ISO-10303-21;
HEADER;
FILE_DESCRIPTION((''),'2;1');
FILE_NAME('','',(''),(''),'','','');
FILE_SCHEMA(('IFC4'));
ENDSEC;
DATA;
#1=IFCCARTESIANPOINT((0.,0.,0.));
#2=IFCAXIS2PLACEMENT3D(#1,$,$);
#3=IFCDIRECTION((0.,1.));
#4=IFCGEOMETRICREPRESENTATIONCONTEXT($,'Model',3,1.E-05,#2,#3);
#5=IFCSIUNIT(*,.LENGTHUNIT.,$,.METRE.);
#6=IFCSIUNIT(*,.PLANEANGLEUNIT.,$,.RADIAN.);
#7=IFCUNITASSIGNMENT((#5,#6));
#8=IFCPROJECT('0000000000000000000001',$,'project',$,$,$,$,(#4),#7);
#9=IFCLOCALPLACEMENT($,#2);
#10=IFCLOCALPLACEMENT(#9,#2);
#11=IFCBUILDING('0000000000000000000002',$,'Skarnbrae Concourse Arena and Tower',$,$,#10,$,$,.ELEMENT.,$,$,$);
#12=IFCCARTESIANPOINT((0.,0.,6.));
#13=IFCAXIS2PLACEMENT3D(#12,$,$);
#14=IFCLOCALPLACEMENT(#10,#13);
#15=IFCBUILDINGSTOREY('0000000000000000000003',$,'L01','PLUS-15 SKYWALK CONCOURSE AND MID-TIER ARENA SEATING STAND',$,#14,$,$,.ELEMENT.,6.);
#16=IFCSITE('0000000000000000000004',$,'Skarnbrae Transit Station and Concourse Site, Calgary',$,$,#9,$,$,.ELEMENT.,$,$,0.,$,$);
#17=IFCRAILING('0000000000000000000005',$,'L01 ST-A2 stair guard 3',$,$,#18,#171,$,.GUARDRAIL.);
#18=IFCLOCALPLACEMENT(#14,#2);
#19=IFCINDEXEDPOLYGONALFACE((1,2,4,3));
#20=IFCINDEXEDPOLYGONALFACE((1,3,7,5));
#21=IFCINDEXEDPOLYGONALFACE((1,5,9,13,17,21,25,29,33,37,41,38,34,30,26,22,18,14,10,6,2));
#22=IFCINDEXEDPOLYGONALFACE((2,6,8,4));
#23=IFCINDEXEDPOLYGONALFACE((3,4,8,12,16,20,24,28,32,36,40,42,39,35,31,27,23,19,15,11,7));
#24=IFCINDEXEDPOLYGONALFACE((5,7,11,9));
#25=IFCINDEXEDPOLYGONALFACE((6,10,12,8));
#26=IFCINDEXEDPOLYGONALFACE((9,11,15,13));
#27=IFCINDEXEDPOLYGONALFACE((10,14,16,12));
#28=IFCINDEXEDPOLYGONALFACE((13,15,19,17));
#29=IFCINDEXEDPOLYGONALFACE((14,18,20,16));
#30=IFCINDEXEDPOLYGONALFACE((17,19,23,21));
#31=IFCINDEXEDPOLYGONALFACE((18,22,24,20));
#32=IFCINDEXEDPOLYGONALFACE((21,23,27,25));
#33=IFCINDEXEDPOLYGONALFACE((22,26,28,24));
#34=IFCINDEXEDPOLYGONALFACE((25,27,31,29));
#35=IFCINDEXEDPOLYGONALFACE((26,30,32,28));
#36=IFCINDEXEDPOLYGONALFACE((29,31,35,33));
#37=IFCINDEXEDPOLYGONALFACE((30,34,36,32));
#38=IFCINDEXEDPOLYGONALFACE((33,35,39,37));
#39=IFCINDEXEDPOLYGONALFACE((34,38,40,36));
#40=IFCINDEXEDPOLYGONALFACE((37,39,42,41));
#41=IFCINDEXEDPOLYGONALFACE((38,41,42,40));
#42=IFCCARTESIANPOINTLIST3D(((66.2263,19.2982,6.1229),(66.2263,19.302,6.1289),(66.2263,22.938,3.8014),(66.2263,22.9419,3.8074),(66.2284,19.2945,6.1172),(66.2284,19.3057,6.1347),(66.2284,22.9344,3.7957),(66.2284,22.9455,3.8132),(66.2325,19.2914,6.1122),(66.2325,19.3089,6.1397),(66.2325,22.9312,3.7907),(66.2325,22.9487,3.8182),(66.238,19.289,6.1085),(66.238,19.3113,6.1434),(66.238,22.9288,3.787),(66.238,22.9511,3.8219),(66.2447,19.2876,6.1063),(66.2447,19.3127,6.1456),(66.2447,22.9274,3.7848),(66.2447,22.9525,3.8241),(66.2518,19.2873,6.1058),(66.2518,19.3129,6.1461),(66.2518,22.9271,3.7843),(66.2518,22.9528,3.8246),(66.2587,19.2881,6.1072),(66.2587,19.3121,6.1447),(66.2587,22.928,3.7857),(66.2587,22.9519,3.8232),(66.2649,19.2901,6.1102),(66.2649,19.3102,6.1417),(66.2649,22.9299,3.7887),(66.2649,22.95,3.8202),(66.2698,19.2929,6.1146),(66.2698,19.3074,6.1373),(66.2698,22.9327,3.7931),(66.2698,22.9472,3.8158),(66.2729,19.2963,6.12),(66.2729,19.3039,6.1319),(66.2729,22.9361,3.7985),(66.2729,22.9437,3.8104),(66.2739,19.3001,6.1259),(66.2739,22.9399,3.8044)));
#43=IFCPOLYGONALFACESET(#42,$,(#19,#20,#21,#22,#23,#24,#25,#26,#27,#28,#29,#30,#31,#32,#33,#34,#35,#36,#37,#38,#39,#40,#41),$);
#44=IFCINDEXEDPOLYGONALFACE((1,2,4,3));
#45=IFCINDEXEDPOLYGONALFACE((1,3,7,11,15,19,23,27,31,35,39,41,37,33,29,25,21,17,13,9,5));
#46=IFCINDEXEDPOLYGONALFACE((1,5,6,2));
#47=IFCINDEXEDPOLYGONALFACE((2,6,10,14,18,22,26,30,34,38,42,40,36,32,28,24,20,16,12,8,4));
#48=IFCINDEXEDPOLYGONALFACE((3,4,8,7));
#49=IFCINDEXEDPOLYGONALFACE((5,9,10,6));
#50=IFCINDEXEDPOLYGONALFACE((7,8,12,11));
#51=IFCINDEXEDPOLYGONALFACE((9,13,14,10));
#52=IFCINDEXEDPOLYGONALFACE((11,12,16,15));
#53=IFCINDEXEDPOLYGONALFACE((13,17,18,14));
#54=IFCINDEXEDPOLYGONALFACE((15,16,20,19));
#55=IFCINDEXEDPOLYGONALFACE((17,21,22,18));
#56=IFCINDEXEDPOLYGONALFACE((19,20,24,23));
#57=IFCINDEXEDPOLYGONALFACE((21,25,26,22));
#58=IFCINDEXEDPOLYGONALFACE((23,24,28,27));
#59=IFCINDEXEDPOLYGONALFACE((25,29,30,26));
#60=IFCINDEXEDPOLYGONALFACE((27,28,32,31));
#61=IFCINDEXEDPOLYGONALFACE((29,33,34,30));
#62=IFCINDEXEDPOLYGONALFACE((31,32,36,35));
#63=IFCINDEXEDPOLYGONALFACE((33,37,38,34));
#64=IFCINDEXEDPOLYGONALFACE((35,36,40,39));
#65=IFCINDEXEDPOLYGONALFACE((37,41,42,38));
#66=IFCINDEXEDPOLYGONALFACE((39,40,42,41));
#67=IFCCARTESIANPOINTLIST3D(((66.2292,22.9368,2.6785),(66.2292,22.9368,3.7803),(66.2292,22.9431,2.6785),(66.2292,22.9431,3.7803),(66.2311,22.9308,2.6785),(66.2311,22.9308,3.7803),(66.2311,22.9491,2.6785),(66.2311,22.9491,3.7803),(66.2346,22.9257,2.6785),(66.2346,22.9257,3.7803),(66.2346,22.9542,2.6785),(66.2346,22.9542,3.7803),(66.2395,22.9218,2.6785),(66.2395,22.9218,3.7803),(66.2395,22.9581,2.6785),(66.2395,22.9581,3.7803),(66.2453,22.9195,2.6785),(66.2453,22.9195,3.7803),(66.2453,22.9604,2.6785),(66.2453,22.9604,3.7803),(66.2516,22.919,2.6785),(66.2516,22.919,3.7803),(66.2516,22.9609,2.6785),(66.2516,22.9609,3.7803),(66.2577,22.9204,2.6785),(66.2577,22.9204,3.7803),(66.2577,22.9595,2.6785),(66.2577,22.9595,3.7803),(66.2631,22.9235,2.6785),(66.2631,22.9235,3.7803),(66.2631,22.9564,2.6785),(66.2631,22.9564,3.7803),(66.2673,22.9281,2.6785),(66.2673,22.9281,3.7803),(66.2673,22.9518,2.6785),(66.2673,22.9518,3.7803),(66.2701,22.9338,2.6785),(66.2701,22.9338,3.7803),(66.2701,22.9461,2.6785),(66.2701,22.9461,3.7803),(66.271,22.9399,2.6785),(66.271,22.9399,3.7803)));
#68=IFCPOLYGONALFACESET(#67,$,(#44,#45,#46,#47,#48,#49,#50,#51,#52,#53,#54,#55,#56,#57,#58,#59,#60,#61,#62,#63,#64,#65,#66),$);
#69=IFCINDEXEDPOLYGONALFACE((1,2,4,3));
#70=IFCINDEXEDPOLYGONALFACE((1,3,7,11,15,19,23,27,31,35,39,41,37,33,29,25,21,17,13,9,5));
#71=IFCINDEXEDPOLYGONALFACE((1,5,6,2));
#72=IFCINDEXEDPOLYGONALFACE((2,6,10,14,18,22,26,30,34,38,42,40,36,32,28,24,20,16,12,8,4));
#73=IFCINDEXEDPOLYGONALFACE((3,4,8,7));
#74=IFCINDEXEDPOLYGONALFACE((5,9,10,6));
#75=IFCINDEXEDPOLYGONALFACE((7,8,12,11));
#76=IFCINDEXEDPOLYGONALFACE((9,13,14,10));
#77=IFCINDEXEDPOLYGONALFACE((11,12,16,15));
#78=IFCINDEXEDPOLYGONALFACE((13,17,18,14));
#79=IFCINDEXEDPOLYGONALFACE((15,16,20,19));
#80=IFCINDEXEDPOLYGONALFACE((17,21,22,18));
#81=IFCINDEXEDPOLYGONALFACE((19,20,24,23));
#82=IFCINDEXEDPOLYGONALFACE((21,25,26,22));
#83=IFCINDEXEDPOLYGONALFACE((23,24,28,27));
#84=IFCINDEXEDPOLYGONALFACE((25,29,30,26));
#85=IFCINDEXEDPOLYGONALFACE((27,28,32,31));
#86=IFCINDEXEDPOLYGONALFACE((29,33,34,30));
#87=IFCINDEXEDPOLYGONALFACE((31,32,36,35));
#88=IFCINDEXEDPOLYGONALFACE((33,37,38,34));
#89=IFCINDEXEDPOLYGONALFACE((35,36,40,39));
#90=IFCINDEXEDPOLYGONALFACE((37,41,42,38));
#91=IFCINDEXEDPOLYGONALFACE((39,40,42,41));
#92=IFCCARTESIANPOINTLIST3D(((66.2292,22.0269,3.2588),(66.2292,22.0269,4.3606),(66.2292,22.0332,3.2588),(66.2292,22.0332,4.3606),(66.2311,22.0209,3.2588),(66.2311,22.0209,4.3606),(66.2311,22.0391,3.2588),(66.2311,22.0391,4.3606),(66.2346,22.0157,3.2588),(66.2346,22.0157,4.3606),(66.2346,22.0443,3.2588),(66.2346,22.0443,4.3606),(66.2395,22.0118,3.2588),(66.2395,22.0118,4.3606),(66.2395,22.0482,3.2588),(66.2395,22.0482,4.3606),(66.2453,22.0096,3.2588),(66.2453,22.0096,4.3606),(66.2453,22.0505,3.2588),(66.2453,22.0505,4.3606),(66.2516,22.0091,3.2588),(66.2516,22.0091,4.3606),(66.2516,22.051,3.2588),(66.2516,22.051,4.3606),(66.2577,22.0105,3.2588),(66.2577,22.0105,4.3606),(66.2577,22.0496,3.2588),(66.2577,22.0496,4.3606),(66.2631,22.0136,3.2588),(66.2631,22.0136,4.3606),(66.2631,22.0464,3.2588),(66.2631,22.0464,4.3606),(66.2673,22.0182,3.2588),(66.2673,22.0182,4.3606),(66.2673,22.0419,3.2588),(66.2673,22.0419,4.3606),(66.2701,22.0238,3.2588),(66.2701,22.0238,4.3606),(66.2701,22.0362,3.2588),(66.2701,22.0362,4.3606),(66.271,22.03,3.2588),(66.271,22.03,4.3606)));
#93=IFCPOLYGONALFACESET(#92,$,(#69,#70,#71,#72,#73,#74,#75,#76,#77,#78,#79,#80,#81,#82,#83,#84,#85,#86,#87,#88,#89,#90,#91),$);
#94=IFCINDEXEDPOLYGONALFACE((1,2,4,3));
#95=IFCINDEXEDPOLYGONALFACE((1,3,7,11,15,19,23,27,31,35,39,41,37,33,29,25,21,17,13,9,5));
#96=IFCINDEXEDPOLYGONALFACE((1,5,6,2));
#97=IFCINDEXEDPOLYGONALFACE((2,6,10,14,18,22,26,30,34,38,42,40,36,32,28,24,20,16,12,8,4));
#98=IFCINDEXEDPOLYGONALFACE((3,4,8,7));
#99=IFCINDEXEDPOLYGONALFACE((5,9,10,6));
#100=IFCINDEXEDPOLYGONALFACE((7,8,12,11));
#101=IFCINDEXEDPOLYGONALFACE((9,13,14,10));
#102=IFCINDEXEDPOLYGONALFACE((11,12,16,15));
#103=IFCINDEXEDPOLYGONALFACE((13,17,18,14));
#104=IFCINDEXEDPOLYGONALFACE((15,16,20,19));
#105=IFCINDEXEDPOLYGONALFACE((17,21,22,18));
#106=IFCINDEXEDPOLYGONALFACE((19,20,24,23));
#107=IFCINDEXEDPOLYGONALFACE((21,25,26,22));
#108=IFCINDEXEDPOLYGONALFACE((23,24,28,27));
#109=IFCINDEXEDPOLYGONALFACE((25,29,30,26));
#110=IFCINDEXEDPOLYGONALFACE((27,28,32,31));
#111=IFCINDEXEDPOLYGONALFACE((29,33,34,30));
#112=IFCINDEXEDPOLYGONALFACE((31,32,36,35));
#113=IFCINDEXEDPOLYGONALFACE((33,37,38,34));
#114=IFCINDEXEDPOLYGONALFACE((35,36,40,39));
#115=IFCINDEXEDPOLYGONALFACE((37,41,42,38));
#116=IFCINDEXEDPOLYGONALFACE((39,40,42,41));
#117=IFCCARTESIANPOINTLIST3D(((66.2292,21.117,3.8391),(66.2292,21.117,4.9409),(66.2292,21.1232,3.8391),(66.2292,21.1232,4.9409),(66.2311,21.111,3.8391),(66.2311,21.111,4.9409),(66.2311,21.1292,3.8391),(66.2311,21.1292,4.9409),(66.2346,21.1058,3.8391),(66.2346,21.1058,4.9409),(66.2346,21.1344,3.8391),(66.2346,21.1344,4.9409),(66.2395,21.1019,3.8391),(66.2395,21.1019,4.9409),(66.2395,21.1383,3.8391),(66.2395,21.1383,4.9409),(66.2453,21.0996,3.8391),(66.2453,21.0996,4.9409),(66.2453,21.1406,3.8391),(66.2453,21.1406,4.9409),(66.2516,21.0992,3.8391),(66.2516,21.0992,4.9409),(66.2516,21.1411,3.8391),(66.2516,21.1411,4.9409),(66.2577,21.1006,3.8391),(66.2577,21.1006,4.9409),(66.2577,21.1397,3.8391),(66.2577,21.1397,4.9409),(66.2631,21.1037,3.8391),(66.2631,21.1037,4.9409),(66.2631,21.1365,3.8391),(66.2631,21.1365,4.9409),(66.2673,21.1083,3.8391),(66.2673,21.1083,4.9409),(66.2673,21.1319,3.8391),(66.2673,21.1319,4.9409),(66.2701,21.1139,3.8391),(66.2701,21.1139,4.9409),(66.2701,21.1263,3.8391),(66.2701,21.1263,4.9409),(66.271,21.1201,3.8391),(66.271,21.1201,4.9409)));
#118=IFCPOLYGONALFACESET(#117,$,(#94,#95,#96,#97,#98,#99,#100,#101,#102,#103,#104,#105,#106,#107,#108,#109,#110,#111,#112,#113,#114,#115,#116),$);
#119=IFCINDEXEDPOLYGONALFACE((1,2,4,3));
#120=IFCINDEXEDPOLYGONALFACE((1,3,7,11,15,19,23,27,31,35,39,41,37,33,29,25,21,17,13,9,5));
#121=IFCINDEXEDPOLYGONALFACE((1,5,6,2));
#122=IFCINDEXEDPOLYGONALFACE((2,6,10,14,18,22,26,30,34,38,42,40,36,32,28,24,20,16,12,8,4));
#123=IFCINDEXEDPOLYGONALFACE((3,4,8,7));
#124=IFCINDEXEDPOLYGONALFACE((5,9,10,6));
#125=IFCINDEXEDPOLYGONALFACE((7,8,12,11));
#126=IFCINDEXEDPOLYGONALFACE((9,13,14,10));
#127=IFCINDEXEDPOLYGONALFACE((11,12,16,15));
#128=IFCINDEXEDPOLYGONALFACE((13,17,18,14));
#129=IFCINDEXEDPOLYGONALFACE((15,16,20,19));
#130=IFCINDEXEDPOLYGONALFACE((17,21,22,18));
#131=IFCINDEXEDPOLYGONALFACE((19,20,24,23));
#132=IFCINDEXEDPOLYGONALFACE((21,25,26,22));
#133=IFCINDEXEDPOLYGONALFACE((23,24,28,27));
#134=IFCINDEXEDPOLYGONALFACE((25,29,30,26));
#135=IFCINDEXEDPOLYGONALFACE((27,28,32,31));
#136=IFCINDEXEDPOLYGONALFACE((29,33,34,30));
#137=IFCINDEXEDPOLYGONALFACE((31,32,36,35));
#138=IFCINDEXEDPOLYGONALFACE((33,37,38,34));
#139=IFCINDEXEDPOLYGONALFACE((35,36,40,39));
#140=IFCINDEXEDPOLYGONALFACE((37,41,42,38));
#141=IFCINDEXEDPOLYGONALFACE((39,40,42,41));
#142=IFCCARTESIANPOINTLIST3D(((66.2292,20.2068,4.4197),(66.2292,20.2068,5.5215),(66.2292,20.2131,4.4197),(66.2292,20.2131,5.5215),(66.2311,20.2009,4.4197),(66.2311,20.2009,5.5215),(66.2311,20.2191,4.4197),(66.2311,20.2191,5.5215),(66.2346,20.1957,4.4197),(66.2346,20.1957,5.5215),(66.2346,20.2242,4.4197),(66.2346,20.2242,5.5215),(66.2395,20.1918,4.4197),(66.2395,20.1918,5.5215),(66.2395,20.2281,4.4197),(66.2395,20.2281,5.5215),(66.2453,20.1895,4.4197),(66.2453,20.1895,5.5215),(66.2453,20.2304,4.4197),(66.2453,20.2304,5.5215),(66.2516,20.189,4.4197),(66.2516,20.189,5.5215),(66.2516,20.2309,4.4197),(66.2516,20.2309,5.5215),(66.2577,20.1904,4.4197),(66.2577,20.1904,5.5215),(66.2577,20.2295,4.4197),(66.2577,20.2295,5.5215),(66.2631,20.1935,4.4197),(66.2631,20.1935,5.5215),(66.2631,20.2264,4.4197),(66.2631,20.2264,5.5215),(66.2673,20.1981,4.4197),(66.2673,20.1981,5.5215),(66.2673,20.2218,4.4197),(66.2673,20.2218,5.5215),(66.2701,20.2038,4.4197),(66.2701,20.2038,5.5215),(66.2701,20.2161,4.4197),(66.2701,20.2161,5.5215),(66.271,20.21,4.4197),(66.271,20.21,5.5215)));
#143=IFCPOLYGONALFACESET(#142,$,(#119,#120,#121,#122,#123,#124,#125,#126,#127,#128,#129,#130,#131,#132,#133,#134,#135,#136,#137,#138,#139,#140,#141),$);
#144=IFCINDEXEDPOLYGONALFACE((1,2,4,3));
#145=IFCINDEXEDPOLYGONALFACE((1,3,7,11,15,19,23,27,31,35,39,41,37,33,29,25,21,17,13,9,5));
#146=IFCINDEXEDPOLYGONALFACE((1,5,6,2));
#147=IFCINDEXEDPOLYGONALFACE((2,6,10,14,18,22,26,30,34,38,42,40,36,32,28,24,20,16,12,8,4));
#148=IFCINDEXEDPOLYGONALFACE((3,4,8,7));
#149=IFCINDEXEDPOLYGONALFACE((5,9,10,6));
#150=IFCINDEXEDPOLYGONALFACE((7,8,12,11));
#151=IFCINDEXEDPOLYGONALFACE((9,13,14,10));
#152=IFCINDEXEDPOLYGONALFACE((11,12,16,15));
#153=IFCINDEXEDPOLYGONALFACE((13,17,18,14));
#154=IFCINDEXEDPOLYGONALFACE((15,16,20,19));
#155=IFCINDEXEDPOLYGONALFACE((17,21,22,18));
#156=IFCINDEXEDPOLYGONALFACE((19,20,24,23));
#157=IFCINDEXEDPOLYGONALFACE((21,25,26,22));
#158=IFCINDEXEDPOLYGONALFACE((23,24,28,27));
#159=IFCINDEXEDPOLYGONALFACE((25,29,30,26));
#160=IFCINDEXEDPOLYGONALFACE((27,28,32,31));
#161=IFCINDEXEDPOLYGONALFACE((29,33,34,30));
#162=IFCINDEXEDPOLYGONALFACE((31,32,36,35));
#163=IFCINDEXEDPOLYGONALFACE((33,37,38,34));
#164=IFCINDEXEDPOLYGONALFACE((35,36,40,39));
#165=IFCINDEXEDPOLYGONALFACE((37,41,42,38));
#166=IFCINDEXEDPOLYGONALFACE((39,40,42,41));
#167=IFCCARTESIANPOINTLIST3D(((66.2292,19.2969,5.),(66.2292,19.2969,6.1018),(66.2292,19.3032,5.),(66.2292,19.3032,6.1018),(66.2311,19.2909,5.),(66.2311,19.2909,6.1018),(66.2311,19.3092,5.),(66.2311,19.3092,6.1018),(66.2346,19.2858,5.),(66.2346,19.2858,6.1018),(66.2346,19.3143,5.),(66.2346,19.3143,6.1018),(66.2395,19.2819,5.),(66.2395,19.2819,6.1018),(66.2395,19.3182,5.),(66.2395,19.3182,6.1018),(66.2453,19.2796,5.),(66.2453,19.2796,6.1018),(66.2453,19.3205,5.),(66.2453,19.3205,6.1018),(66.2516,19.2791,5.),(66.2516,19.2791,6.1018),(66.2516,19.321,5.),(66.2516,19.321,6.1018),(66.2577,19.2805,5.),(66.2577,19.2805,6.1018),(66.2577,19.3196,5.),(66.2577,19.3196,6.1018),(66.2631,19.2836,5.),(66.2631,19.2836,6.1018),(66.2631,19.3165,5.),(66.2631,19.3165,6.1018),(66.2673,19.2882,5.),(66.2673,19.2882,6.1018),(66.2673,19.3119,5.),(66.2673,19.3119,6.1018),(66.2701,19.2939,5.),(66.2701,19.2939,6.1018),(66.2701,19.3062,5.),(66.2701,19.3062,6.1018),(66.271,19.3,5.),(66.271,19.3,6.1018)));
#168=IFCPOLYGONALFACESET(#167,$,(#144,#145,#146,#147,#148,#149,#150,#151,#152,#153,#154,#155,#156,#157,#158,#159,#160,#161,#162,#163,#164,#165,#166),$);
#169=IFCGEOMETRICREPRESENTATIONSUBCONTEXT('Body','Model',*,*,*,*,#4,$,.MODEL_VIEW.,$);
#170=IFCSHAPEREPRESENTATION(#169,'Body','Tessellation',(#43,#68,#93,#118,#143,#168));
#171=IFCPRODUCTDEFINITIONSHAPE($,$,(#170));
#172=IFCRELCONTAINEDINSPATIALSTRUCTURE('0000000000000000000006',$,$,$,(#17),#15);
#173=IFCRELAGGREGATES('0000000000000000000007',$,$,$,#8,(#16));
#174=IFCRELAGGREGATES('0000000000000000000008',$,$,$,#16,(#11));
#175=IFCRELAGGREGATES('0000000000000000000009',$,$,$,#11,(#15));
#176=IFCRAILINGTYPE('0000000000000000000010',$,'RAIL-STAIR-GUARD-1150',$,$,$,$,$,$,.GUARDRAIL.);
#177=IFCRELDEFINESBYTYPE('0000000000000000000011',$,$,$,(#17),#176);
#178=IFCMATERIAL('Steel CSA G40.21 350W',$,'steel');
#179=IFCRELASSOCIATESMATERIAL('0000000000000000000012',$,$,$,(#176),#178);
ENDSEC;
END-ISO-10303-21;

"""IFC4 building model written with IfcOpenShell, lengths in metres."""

from ifc_helpers import new_model, si_unit, direction, frame, origin, origin_2d, place, context, subcontext, project, spatial, circle, extrude, material, type_object, element, save


model = new_model("IFC4")

# Units and contexts
model_context = context("Model", 3, precision=1e-05, world=origin(), true_north=direction((0.0, 1.0)))
body_context = subcontext(model_context, "Body", "Model", "MODEL_VIEW")
ifc_project = project(units=[si_unit("LENGTHUNIT", "METRE"), si_unit("PLANEANGLEUNIT", "RADIAN")], contexts=[model_context])

# Site, building, storey
site_placement = place(None, origin())
site = spatial("IfcSite", under=ifc_project, at=site_placement, Name="Skarnbrae Transit Station and Concourse Site, Calgary", CompositionType="ELEMENT", RefElevation=0.0)
building_placement = place(site_placement, origin())
building = spatial("IfcBuilding", under=site, at=building_placement, Name="Skarnbrae Concourse Arena and Tower", CompositionType="ELEMENT")
storey_placement = place(building_placement, frame((0.0, 0.0, 6.0)))
storey = spatial("IfcBuildingStorey", under=building, at=storey_placement, Name="L01", Description="PLUS-15 SKYWALK CONCOURSE AND MID-TIER ARENA SEATING STAND", CompositionType="ELEMENT", Elevation=6.0)

# Shared definitions
ifc_material_1 = material(Name="Steel CSA G40.21 350W", Category="steel")

# Railing
railing_type_1 = type_object("IfcRailingType", Name="RAIL-STAIR-GUARD-1150", PredefinedType="GUARDRAIL", material=ifc_material_1)
railing_1_placement = place(storey_placement, frame((66.25, 22.9399, 2.6785)))
element("IfcRailing", 1, at=railing_1_placement, inside=storey, type_object=railing_type_1, Name="L01 ST-A2 stair guard 3", PredefinedType="GUARDRAIL", context=body_context, shape_type="SweptSolid", body=[
    extrude(circle(Radius=0.0239, at=origin_2d()), frame((0.0, 0.0, 1.126), z_axis=(0.0, -0.843112, 0.537739), x_axis=(1.0, 0.0, 0.0)), (0.0, 0.0, 1.0), 4.3171),
    extrude(circle(Radius=0.021, at=origin_2d()), origin(), (0.0, 0.0, 1.0), 1.1018),
    extrude(circle(Radius=0.021, at=origin_2d()), frame((0.0, -0.9099, 0.5803)), (0.0, 0.0, 1.0), 1.1018),
    extrude(circle(Radius=0.021, at=origin_2d()), frame((0.0, -1.8198, 1.1606)), (0.0, 0.0, 1.0), 1.1018),
    extrude(circle(Radius=0.021, at=origin_2d()), frame((0.0, -2.73, 1.7412)), (0.0, 0.0, 1.0), 1.1018),
    extrude(circle(Radius=0.021, at=origin_2d()), frame((0.0, -3.6399, 2.3215)), (0.0, 0.0, 1.0), 1.1018),
])

save(model, "model.ifc")
